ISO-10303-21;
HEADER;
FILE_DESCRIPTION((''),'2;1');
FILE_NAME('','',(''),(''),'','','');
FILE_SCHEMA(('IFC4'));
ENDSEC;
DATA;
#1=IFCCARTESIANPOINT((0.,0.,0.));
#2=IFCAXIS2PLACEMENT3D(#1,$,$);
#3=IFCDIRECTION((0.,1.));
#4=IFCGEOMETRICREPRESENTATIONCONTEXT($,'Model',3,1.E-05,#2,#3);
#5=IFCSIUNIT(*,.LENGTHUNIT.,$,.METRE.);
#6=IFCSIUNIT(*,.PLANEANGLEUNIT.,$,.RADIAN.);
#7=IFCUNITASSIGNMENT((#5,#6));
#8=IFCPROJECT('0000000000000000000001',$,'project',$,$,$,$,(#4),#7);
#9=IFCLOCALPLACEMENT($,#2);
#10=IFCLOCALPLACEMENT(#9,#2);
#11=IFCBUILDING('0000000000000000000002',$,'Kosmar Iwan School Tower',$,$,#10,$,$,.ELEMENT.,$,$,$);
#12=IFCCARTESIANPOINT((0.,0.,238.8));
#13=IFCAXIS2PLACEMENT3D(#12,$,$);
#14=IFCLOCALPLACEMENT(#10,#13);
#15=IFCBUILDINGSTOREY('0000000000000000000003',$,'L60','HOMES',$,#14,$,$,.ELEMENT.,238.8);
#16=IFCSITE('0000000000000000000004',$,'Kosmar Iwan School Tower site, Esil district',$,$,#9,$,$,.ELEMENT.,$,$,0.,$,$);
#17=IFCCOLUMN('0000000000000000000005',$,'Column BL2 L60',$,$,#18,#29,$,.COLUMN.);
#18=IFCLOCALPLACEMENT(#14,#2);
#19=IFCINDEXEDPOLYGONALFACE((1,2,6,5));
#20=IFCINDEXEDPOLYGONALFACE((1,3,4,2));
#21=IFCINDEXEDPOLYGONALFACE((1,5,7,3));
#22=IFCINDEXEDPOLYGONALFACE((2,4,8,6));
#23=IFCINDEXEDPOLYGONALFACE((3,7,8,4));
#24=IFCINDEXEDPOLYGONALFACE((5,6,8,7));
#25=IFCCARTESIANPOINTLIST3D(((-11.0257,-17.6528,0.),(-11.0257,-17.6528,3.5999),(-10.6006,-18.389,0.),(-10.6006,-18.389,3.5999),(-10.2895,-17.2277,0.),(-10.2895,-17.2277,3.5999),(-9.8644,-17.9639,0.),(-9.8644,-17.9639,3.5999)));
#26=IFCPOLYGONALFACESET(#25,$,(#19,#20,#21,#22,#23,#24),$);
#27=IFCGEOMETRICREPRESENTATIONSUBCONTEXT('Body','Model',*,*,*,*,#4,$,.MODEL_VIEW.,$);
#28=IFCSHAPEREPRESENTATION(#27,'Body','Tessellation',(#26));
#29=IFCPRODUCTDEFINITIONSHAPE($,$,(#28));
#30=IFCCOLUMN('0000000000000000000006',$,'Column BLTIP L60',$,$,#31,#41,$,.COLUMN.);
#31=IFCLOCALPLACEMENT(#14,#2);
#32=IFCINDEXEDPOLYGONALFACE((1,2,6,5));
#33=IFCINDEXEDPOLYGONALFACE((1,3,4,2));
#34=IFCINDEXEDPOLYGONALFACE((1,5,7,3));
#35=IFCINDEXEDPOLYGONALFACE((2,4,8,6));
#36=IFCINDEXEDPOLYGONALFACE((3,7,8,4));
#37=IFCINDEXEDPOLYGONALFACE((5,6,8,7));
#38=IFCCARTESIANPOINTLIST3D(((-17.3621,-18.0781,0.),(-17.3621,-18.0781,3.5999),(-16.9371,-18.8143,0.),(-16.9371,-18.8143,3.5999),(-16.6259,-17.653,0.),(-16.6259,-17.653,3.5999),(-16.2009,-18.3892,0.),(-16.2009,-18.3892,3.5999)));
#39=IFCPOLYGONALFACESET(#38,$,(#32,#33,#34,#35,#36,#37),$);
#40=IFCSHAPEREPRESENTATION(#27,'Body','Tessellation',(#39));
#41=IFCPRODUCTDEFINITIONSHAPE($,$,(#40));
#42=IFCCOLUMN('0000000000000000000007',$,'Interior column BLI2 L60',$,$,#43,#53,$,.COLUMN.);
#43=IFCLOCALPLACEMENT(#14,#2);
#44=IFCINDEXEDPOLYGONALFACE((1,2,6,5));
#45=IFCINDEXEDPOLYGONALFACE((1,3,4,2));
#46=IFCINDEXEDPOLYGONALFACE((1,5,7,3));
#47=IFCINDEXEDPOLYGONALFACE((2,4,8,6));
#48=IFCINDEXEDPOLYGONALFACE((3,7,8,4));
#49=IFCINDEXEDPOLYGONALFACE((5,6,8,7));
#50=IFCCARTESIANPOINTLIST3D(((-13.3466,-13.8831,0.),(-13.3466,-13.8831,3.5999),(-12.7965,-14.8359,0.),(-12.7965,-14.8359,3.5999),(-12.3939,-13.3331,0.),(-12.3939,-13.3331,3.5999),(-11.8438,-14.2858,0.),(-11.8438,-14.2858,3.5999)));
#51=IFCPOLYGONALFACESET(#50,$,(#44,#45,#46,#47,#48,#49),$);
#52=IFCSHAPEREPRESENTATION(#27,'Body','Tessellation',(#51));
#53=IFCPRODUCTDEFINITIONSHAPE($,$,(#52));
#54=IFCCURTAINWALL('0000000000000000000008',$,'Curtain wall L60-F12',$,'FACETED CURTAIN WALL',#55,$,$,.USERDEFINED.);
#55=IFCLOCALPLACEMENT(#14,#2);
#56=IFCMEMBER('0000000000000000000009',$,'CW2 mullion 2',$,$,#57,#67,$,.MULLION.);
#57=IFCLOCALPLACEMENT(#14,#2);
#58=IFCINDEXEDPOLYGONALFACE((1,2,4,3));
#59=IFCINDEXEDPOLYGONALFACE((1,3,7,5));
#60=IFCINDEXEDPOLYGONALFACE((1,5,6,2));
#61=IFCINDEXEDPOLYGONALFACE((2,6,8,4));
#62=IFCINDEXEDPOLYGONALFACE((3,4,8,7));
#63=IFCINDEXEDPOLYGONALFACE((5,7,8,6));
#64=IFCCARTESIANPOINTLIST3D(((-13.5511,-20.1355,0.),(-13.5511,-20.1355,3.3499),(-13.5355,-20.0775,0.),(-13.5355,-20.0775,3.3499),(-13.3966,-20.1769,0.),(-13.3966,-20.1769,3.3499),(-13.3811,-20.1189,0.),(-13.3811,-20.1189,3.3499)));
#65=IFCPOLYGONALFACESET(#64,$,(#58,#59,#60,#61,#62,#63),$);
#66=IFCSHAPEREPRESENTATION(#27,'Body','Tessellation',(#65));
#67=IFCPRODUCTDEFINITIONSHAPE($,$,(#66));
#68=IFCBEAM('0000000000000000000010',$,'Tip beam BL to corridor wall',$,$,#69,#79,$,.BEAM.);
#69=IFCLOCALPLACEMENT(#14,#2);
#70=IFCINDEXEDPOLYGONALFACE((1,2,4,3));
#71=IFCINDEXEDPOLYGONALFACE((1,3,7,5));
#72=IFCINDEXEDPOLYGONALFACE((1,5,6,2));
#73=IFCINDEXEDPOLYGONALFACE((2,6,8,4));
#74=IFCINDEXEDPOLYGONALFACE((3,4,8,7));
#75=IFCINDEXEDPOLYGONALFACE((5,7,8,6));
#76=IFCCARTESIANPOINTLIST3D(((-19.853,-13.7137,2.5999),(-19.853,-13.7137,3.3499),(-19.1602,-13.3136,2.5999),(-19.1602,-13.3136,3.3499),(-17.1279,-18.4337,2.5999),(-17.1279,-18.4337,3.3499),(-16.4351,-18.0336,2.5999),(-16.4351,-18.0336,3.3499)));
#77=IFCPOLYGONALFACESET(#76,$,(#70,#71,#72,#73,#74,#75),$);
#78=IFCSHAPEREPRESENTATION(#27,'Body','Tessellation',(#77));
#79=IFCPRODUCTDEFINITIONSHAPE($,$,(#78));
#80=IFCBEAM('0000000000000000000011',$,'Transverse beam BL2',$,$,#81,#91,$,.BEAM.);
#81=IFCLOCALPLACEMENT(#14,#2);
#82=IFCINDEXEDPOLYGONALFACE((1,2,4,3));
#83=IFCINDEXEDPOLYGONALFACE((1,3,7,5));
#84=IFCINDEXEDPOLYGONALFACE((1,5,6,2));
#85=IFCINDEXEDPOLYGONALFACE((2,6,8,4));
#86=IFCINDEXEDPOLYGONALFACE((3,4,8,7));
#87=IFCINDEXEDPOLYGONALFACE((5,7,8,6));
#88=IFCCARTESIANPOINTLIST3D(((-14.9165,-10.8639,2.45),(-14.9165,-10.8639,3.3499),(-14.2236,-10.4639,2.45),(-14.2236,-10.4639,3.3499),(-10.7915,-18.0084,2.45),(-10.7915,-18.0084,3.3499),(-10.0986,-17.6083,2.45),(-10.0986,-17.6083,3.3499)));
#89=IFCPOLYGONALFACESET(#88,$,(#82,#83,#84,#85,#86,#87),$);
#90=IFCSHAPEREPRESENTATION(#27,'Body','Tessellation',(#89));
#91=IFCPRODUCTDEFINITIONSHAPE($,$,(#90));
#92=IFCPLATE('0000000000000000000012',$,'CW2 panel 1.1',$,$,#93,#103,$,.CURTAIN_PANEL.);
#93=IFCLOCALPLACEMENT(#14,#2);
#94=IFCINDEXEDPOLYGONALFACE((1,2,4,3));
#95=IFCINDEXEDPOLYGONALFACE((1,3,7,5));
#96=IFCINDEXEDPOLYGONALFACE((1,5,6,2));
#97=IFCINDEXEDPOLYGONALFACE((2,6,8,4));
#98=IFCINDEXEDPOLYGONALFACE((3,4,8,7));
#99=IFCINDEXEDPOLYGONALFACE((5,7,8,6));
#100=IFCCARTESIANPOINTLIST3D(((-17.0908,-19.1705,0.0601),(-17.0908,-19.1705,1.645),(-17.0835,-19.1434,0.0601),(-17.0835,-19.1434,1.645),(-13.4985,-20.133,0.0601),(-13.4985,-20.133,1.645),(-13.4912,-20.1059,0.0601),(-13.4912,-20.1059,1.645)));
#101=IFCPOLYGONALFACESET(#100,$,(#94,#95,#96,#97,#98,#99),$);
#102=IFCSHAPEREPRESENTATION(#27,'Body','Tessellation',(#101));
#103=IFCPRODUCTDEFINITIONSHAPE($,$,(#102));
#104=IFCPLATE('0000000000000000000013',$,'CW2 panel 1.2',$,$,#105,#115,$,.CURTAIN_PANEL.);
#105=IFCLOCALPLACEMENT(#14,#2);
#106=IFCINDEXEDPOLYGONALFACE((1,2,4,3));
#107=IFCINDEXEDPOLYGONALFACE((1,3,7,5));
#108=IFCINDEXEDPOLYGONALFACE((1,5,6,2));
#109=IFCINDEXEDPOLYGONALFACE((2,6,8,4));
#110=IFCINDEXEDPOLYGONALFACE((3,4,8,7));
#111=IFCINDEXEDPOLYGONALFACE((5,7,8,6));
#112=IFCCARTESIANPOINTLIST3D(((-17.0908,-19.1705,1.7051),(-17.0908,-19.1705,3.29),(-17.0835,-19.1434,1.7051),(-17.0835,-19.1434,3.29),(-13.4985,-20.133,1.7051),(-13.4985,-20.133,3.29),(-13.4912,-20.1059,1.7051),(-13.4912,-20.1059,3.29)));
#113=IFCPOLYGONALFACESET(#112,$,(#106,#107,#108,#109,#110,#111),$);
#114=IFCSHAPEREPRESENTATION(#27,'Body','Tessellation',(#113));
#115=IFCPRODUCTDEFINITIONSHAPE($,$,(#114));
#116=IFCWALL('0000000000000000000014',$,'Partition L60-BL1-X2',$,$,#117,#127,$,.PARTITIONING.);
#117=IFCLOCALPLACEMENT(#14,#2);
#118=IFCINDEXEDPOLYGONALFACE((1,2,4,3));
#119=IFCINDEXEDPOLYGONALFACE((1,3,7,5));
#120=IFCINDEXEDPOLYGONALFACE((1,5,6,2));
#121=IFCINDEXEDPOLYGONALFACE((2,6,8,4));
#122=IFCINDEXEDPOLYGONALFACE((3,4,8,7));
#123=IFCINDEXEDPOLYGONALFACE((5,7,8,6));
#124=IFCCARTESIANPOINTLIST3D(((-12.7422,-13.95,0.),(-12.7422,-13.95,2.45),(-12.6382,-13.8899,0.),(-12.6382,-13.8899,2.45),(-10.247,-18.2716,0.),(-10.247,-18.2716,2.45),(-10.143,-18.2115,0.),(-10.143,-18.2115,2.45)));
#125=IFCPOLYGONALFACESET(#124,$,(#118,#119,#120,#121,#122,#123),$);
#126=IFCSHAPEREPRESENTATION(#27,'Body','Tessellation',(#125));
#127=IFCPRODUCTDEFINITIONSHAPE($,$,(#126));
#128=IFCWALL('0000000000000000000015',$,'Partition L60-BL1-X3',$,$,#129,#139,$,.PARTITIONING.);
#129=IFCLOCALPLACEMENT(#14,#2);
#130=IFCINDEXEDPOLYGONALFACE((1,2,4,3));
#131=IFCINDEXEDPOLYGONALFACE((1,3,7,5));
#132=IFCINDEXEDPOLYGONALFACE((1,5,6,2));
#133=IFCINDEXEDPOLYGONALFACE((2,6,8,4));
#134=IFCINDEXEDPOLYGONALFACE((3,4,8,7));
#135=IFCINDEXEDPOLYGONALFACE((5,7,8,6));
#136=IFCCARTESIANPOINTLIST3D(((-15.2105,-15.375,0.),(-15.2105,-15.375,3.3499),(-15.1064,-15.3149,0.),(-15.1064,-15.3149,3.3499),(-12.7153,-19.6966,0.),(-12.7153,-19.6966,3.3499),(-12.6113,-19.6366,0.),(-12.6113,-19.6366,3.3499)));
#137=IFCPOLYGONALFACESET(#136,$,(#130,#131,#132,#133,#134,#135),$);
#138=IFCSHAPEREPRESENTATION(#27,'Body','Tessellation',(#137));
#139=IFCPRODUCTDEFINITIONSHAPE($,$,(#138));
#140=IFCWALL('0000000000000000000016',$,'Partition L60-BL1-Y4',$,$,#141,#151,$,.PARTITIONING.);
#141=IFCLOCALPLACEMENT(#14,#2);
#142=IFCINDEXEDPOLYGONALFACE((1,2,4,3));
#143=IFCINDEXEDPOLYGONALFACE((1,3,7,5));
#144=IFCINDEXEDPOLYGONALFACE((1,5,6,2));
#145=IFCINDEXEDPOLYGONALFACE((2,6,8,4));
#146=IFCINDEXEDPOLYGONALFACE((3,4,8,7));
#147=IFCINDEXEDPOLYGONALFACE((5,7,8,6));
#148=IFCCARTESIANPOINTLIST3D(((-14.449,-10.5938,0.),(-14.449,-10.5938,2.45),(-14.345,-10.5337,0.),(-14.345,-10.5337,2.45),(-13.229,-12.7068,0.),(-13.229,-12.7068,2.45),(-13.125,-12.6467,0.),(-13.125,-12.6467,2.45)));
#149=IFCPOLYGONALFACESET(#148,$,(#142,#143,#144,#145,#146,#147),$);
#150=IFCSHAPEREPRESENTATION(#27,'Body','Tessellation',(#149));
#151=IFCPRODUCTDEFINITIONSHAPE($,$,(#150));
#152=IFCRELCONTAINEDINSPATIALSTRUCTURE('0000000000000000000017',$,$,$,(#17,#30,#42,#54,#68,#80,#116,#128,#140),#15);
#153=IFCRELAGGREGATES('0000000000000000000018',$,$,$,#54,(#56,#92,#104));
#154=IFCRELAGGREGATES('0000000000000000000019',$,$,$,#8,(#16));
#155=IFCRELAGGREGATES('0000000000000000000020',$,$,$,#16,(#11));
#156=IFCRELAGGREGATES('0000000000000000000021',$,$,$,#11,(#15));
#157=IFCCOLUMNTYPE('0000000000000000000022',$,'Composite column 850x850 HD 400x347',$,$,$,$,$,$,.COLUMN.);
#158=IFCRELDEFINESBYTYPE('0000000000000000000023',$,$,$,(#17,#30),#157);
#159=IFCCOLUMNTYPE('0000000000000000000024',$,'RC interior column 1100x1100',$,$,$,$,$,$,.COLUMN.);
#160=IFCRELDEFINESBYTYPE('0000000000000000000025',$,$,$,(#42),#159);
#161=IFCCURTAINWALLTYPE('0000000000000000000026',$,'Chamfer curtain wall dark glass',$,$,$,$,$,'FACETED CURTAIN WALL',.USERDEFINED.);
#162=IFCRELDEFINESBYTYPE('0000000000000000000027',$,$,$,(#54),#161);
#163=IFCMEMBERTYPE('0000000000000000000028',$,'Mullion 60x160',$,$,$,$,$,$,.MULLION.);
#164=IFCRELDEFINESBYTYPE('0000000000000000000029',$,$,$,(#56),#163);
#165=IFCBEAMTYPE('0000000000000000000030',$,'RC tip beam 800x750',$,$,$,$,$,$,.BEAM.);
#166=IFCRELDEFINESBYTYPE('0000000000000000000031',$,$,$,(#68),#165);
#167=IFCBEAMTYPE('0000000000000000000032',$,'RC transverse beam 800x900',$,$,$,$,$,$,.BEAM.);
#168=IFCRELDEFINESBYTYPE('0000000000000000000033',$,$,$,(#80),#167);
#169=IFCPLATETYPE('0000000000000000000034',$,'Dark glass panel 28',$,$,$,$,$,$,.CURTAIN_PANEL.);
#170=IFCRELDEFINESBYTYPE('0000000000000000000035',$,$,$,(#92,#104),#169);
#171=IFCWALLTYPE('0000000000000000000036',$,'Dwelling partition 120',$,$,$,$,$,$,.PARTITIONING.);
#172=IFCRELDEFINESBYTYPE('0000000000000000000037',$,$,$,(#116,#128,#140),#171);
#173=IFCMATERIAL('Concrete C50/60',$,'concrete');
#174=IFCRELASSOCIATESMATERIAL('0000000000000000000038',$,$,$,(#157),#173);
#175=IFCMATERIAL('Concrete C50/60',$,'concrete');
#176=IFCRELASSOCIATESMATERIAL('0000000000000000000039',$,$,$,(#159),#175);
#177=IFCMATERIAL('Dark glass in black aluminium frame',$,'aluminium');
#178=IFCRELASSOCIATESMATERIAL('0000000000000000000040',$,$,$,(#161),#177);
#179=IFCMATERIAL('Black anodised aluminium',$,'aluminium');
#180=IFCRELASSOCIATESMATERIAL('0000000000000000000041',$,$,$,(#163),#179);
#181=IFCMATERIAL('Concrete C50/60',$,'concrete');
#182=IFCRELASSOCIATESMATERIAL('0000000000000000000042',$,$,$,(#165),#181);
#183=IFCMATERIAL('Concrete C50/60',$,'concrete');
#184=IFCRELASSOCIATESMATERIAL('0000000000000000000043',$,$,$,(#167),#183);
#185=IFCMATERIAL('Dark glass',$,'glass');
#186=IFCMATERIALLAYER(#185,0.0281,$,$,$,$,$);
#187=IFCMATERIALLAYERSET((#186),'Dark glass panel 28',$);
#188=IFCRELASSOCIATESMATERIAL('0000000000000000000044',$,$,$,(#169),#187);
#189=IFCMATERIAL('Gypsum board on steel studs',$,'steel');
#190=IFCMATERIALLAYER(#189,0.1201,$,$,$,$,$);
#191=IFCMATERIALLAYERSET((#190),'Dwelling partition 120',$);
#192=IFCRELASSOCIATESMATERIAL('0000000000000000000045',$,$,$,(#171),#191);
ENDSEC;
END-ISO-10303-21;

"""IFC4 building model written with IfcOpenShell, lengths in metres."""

from ifc_helpers import new_model, si_unit, direction, frame, frame_2d, origin, origin_2d, place, context, subcontext, project, spatial, rectangle, extrude, material, layer, layer_set, material_profile, profile_set, type_object, element, aggregate, save


model = new_model("IFC4")

# Units and contexts
model_context = context("Model", 3, precision=1e-05, world=origin(), true_north=direction((0.0, 1.0)))
body_context = subcontext(model_context, "Body", "Model", "MODEL_VIEW")
ifc_project = project(units=[si_unit("LENGTHUNIT", "METRE"), si_unit("PLANEANGLEUNIT", "RADIAN")], contexts=[model_context])

# Site, building, storey
site_placement = place(None, origin())
site = spatial("IfcSite", under=ifc_project, at=site_placement, Name="Kosmar Iwan School Tower site, Esil district", CompositionType="ELEMENT", RefElevation=0.0)
building_placement = place(site_placement, origin())
building = spatial("IfcBuilding", under=site, at=building_placement, Name="Kosmar Iwan School Tower", CompositionType="ELEMENT")
storey_placement = place(building_placement, frame((0.0, 0.0, 238.8)))
storey = spatial("IfcBuildingStorey", under=building, at=storey_placement, Name="L60", Description="HOMES", CompositionType="ELEMENT", Elevation=238.8)

# Columns
ifc_material_1 = material(Name="Concrete C50/60", Category="concrete")
ifc_material_profile_1 = material_profile(ifc_material_1, rectangle(XDim=0.8501, YDim=0.8501, at=origin_2d()), Name="RC 850x850 + HD 400x347")
ifc_profile_set_1 = profile_set([ifc_material_profile_1], Name="Concrete C50/60")
column_type_1 = type_object("IfcColumnType", Name="Composite column 850x850 HD 400x347", PredefinedType="COLUMN", material=ifc_profile_set_1)
for number, where, z_axis, x_axis, name in (
    (1, (-10.4451, -17.8083, 0.0), (0.0, 0.0, 1.0), (-0.866025, -0.5, 0.0), "Column BL2 L60"),
    (2, (-16.7815, -18.2336, 0.0), (0.0, 0.0, 1.0), (-0.866025, -0.5, 0.0), "Column BLTIP L60"),
):
    element("IfcColumn", number, at=place(storey_placement, frame(where, z_axis=z_axis, x_axis=x_axis)), inside=storey, type_object=column_type_1, Name=name, PredefinedType="COLUMN", context=body_context, shape_type="SweptSolid", body=[
        extrude(rectangle(XDim=0.8501, YDim=0.8501, at=origin_2d()), origin(), (0.0, 0.0, 1.0), 3.5999),
    ])
ifc_material_2 = material(Name="Concrete C50/60", Category="concrete")
ifc_material_profile_2 = material_profile(ifc_material_2, rectangle(XDim=1.1001, YDim=1.1001, at=origin_2d()), Name="RC 1100x1100")
ifc_profile_set_2 = profile_set([ifc_material_profile_2], Name="Concrete C50/60")
column_type_2 = type_object("IfcColumnType", Name="RC interior column 1100x1100", PredefinedType="COLUMN", material=ifc_profile_set_2)
column_placement = place(storey_placement, frame((-12.5952, -14.0845, 0.0), z_axis=(0.0, 0.0, 1.0), x_axis=(-0.866025, -0.5, 0.0)))
element("IfcColumn", 3, at=column_placement, inside=storey, type_object=column_type_2, Name="Interior column BLI2 L60", PredefinedType="COLUMN", context=body_context, shape_type="SweptSolid", body=[
    extrude(rectangle(XDim=1.1001, YDim=1.1001, at=origin_2d()), origin(), (0.0, 0.0, 1.0), 3.5999),
])

# Curtain wall, member
ifc_material_3 = material(Name="Dark glass in black aluminium frame", Category="aluminium")
curtain_wall_type = type_object("IfcCurtainWallType", Name="Chamfer curtain wall dark glass", ElementType="FACETED CURTAIN WALL", PredefinedType="USERDEFINED", material=ifc_material_3)
curtain_wall_placement = place(storey_placement, origin())
curtain_wall = element("IfcCurtainWall", 4, at=curtain_wall_placement, inside=storey, type_object=curtain_wall_type, Name="Curtain wall L60-F12", ObjectType="FACETED CURTAIN WALL", PredefinedType="USERDEFINED")
ifc_material_4 = material(Name="Black anodised aluminium", Category="aluminium")
ifc_material_profile_3 = material_profile(ifc_material_4, rectangle(XDim=0.0601, YDim=0.1599, at=origin_2d()), Name="MULLION 60x160")
ifc_profile_set_3 = profile_set([ifc_material_profile_3], Name="Black anodised aluminium")
member_type = type_object("IfcMemberType", Name="Mullion 60x160", PredefinedType="MULLION", material=ifc_profile_set_3)
member_placement = place(storey_placement, frame((-13.4661, -20.1272, 0.0), z_axis=(0.0, 0.0, 1.0), x_axis=(0.258819, 0.965926, 0.0)))
member = element("IfcMember", 5, at=member_placement, type_object=member_type, Name="CW2 mullion 2", PredefinedType="MULLION", context=body_context, shape_type="SweptSolid", body=[
    extrude(rectangle(XDim=0.0601, YDim=0.1599, at=origin_2d()), origin(), (0.0, 0.0, 1.0), 3.3499),
])

# Beams
ifc_material_5 = material(Name="Concrete C50/60", Category="concrete")
ifc_material_profile_4 = material_profile(ifc_material_5, rectangle(XDim=0.8, YDim=0.75, at=origin_2d()), Name="RC 800x750")
ifc_profile_set_4 = profile_set([ifc_material_profile_4], Name="Concrete C50/60")
beam_type_1 = type_object("IfcBeamType", Name="RC tip beam 800x750", PredefinedType="BEAM", material=ifc_profile_set_4)
beam_1_placement = place(storey_placement, frame((-16.7815, -18.2336, 2.9749), z_axis=(-0.500003, 0.866024, 0.0), x_axis=(-0.866024, -0.500003, 0.0)))
element("IfcBeam", 6, at=beam_1_placement, inside=storey, type_object=beam_type_1, Name="Tip beam BL to corridor wall", PredefinedType="BEAM", context=body_context, shape_type="SweptSolid", body=[
    extrude(rectangle(XDim=0.8, YDim=0.75, at=origin_2d()), origin(), (0.0, 0.0, 1.0), 5.4502),
])
ifc_material_6 = material(Name="Concrete C50/60", Category="concrete")
ifc_material_profile_5 = material_profile(ifc_material_6, rectangle(XDim=0.8, YDim=0.8999, at=origin_2d()), Name="RC 800x900")
ifc_profile_set_5 = profile_set([ifc_material_profile_5], Name="Concrete C50/60")
beam_type_2 = type_object("IfcBeamType", Name="RC transverse beam 800x900", PredefinedType="BEAM", material=ifc_profile_set_5)
beam_2_placement = place(storey_placement, frame((-10.4451, -17.8083, 2.8999), z_axis=(-0.500009, 0.86602, 0.0), x_axis=(-0.86602, -0.500009, 0.0)))
element("IfcBeam", 7, at=beam_2_placement, inside=storey, type_object=beam_type_2, Name="Transverse beam BL2", PredefinedType="BEAM", context=body_context, shape_type="SweptSolid", body=[
    extrude(rectangle(XDim=0.8, YDim=0.8999, at=origin_2d()), origin(), (0.0, 0.0, 1.0), 8.2498),
])

# Plates
ifc_material_7 = material(Name="Dark glass", Category="glass")
ifc_layer_1 = layer(ifc_material_7, 0.0281)
ifc_layer_set_1 = layer_set([ifc_layer_1], Name="Dark glass panel 28")
plate_type = type_object("IfcPlateType", Name="Dark glass panel 28", PredefinedType="CURTAIN_PANEL", material=ifc_layer_set_1)
plate_1_placement = place(storey_placement, frame((-15.291, -19.6382, 0.0601), z_axis=(0.0, 0.0, 1.0), x_axis=(0.965926, -0.258819, 0.0)))
plate_1 = element("IfcPlate", 8, at=plate_1_placement, type_object=plate_type, Name="CW2 panel 1.1", PredefinedType="CURTAIN_PANEL", context=body_context, shape_type="SweptSolid", body=[
    extrude(rectangle(XDim=3.719, YDim=0.0281, at=origin_2d()), origin(), (0.0, 0.0, 1.0), 1.585),
])
plate_2_placement = place(storey_placement, frame((-15.291, -19.6382, 1.7051), z_axis=(0.0, 0.0, 1.0), x_axis=(0.965926, -0.258819, 0.0)))
plate_2 = element("IfcPlate", 9, at=plate_2_placement, type_object=plate_type, Name="CW2 panel 1.2", PredefinedType="CURTAIN_PANEL", context=body_context, shape_type="SweptSolid", body=[
    extrude(rectangle(XDim=3.719, YDim=0.0281, at=origin_2d()), origin(), (0.0, 0.0, 1.0), 1.585),
])
aggregate(curtain_wall, [member, plate_1, plate_2])

# Walls
ifc_material_8 = material(Name="Gypsum board on steel studs", Category="steel")
ifc_layer_2 = layer(ifc_material_8, 0.1201)
ifc_layer_set_2 = layer_set([ifc_layer_2], Name="Dwelling partition 120")
wall_type = type_object("IfcWallType", Name="Dwelling partition 120", PredefinedType="PARTITIONING", material=ifc_layer_set_2)
wall_1_placement = place(storey_placement, frame((-12.6902, -13.9199, 0.0), z_axis=(0.0, 0.0, 1.0), x_axis=(0.500012, -0.866019, 0.0)))
element("IfcWall", 10, at=wall_1_placement, inside=storey, type_object=wall_type, Name="Partition L60-BL1-X2", PredefinedType="PARTITIONING", context=body_context, shape_type="SweptSolid", body=[
    extrude(rectangle(XDim=4.9902, YDim=0.1201, at=frame_2d((2.4951, 0.0))), origin(), (0.0, 0.0, 1.0), 2.45),
])
wall_2_placement = place(storey_placement, frame((-15.1584, -15.345, 0.0), z_axis=(0.0, 0.0, 1.0), x_axis=(0.500012, -0.866019, 0.0)))
element("IfcWall", 11, at=wall_2_placement, inside=storey, type_object=wall_type, Name="Partition L60-BL1-X3", PredefinedType="PARTITIONING", context=body_context, shape_type="SweptSolid", body=[
    extrude(rectangle(XDim=4.9902, YDim=0.1201, at=frame_2d((2.4951, 0.0))), origin(), (0.0, 0.0, 1.0), 3.3499),
])
wall_3_placement = place(storey_placement, frame((-14.397, -10.5637, 0.0), z_axis=(0.0, 0.0, 1.0), x_axis=(0.500003, -0.866024, 0.0)))
element("IfcWall", 12, at=wall_3_placement, inside=storey, type_object=wall_type, Name="Partition L60-BL1-Y4", PredefinedType="PARTITIONING", context=body_context, shape_type="SweptSolid", body=[
    extrude(rectangle(XDim=2.4399, YDim=0.1201, at=frame_2d((1.22, 0.0))), origin(), (0.0, 0.0, 1.0), 2.45),
])

save(model, "model.ifc")
